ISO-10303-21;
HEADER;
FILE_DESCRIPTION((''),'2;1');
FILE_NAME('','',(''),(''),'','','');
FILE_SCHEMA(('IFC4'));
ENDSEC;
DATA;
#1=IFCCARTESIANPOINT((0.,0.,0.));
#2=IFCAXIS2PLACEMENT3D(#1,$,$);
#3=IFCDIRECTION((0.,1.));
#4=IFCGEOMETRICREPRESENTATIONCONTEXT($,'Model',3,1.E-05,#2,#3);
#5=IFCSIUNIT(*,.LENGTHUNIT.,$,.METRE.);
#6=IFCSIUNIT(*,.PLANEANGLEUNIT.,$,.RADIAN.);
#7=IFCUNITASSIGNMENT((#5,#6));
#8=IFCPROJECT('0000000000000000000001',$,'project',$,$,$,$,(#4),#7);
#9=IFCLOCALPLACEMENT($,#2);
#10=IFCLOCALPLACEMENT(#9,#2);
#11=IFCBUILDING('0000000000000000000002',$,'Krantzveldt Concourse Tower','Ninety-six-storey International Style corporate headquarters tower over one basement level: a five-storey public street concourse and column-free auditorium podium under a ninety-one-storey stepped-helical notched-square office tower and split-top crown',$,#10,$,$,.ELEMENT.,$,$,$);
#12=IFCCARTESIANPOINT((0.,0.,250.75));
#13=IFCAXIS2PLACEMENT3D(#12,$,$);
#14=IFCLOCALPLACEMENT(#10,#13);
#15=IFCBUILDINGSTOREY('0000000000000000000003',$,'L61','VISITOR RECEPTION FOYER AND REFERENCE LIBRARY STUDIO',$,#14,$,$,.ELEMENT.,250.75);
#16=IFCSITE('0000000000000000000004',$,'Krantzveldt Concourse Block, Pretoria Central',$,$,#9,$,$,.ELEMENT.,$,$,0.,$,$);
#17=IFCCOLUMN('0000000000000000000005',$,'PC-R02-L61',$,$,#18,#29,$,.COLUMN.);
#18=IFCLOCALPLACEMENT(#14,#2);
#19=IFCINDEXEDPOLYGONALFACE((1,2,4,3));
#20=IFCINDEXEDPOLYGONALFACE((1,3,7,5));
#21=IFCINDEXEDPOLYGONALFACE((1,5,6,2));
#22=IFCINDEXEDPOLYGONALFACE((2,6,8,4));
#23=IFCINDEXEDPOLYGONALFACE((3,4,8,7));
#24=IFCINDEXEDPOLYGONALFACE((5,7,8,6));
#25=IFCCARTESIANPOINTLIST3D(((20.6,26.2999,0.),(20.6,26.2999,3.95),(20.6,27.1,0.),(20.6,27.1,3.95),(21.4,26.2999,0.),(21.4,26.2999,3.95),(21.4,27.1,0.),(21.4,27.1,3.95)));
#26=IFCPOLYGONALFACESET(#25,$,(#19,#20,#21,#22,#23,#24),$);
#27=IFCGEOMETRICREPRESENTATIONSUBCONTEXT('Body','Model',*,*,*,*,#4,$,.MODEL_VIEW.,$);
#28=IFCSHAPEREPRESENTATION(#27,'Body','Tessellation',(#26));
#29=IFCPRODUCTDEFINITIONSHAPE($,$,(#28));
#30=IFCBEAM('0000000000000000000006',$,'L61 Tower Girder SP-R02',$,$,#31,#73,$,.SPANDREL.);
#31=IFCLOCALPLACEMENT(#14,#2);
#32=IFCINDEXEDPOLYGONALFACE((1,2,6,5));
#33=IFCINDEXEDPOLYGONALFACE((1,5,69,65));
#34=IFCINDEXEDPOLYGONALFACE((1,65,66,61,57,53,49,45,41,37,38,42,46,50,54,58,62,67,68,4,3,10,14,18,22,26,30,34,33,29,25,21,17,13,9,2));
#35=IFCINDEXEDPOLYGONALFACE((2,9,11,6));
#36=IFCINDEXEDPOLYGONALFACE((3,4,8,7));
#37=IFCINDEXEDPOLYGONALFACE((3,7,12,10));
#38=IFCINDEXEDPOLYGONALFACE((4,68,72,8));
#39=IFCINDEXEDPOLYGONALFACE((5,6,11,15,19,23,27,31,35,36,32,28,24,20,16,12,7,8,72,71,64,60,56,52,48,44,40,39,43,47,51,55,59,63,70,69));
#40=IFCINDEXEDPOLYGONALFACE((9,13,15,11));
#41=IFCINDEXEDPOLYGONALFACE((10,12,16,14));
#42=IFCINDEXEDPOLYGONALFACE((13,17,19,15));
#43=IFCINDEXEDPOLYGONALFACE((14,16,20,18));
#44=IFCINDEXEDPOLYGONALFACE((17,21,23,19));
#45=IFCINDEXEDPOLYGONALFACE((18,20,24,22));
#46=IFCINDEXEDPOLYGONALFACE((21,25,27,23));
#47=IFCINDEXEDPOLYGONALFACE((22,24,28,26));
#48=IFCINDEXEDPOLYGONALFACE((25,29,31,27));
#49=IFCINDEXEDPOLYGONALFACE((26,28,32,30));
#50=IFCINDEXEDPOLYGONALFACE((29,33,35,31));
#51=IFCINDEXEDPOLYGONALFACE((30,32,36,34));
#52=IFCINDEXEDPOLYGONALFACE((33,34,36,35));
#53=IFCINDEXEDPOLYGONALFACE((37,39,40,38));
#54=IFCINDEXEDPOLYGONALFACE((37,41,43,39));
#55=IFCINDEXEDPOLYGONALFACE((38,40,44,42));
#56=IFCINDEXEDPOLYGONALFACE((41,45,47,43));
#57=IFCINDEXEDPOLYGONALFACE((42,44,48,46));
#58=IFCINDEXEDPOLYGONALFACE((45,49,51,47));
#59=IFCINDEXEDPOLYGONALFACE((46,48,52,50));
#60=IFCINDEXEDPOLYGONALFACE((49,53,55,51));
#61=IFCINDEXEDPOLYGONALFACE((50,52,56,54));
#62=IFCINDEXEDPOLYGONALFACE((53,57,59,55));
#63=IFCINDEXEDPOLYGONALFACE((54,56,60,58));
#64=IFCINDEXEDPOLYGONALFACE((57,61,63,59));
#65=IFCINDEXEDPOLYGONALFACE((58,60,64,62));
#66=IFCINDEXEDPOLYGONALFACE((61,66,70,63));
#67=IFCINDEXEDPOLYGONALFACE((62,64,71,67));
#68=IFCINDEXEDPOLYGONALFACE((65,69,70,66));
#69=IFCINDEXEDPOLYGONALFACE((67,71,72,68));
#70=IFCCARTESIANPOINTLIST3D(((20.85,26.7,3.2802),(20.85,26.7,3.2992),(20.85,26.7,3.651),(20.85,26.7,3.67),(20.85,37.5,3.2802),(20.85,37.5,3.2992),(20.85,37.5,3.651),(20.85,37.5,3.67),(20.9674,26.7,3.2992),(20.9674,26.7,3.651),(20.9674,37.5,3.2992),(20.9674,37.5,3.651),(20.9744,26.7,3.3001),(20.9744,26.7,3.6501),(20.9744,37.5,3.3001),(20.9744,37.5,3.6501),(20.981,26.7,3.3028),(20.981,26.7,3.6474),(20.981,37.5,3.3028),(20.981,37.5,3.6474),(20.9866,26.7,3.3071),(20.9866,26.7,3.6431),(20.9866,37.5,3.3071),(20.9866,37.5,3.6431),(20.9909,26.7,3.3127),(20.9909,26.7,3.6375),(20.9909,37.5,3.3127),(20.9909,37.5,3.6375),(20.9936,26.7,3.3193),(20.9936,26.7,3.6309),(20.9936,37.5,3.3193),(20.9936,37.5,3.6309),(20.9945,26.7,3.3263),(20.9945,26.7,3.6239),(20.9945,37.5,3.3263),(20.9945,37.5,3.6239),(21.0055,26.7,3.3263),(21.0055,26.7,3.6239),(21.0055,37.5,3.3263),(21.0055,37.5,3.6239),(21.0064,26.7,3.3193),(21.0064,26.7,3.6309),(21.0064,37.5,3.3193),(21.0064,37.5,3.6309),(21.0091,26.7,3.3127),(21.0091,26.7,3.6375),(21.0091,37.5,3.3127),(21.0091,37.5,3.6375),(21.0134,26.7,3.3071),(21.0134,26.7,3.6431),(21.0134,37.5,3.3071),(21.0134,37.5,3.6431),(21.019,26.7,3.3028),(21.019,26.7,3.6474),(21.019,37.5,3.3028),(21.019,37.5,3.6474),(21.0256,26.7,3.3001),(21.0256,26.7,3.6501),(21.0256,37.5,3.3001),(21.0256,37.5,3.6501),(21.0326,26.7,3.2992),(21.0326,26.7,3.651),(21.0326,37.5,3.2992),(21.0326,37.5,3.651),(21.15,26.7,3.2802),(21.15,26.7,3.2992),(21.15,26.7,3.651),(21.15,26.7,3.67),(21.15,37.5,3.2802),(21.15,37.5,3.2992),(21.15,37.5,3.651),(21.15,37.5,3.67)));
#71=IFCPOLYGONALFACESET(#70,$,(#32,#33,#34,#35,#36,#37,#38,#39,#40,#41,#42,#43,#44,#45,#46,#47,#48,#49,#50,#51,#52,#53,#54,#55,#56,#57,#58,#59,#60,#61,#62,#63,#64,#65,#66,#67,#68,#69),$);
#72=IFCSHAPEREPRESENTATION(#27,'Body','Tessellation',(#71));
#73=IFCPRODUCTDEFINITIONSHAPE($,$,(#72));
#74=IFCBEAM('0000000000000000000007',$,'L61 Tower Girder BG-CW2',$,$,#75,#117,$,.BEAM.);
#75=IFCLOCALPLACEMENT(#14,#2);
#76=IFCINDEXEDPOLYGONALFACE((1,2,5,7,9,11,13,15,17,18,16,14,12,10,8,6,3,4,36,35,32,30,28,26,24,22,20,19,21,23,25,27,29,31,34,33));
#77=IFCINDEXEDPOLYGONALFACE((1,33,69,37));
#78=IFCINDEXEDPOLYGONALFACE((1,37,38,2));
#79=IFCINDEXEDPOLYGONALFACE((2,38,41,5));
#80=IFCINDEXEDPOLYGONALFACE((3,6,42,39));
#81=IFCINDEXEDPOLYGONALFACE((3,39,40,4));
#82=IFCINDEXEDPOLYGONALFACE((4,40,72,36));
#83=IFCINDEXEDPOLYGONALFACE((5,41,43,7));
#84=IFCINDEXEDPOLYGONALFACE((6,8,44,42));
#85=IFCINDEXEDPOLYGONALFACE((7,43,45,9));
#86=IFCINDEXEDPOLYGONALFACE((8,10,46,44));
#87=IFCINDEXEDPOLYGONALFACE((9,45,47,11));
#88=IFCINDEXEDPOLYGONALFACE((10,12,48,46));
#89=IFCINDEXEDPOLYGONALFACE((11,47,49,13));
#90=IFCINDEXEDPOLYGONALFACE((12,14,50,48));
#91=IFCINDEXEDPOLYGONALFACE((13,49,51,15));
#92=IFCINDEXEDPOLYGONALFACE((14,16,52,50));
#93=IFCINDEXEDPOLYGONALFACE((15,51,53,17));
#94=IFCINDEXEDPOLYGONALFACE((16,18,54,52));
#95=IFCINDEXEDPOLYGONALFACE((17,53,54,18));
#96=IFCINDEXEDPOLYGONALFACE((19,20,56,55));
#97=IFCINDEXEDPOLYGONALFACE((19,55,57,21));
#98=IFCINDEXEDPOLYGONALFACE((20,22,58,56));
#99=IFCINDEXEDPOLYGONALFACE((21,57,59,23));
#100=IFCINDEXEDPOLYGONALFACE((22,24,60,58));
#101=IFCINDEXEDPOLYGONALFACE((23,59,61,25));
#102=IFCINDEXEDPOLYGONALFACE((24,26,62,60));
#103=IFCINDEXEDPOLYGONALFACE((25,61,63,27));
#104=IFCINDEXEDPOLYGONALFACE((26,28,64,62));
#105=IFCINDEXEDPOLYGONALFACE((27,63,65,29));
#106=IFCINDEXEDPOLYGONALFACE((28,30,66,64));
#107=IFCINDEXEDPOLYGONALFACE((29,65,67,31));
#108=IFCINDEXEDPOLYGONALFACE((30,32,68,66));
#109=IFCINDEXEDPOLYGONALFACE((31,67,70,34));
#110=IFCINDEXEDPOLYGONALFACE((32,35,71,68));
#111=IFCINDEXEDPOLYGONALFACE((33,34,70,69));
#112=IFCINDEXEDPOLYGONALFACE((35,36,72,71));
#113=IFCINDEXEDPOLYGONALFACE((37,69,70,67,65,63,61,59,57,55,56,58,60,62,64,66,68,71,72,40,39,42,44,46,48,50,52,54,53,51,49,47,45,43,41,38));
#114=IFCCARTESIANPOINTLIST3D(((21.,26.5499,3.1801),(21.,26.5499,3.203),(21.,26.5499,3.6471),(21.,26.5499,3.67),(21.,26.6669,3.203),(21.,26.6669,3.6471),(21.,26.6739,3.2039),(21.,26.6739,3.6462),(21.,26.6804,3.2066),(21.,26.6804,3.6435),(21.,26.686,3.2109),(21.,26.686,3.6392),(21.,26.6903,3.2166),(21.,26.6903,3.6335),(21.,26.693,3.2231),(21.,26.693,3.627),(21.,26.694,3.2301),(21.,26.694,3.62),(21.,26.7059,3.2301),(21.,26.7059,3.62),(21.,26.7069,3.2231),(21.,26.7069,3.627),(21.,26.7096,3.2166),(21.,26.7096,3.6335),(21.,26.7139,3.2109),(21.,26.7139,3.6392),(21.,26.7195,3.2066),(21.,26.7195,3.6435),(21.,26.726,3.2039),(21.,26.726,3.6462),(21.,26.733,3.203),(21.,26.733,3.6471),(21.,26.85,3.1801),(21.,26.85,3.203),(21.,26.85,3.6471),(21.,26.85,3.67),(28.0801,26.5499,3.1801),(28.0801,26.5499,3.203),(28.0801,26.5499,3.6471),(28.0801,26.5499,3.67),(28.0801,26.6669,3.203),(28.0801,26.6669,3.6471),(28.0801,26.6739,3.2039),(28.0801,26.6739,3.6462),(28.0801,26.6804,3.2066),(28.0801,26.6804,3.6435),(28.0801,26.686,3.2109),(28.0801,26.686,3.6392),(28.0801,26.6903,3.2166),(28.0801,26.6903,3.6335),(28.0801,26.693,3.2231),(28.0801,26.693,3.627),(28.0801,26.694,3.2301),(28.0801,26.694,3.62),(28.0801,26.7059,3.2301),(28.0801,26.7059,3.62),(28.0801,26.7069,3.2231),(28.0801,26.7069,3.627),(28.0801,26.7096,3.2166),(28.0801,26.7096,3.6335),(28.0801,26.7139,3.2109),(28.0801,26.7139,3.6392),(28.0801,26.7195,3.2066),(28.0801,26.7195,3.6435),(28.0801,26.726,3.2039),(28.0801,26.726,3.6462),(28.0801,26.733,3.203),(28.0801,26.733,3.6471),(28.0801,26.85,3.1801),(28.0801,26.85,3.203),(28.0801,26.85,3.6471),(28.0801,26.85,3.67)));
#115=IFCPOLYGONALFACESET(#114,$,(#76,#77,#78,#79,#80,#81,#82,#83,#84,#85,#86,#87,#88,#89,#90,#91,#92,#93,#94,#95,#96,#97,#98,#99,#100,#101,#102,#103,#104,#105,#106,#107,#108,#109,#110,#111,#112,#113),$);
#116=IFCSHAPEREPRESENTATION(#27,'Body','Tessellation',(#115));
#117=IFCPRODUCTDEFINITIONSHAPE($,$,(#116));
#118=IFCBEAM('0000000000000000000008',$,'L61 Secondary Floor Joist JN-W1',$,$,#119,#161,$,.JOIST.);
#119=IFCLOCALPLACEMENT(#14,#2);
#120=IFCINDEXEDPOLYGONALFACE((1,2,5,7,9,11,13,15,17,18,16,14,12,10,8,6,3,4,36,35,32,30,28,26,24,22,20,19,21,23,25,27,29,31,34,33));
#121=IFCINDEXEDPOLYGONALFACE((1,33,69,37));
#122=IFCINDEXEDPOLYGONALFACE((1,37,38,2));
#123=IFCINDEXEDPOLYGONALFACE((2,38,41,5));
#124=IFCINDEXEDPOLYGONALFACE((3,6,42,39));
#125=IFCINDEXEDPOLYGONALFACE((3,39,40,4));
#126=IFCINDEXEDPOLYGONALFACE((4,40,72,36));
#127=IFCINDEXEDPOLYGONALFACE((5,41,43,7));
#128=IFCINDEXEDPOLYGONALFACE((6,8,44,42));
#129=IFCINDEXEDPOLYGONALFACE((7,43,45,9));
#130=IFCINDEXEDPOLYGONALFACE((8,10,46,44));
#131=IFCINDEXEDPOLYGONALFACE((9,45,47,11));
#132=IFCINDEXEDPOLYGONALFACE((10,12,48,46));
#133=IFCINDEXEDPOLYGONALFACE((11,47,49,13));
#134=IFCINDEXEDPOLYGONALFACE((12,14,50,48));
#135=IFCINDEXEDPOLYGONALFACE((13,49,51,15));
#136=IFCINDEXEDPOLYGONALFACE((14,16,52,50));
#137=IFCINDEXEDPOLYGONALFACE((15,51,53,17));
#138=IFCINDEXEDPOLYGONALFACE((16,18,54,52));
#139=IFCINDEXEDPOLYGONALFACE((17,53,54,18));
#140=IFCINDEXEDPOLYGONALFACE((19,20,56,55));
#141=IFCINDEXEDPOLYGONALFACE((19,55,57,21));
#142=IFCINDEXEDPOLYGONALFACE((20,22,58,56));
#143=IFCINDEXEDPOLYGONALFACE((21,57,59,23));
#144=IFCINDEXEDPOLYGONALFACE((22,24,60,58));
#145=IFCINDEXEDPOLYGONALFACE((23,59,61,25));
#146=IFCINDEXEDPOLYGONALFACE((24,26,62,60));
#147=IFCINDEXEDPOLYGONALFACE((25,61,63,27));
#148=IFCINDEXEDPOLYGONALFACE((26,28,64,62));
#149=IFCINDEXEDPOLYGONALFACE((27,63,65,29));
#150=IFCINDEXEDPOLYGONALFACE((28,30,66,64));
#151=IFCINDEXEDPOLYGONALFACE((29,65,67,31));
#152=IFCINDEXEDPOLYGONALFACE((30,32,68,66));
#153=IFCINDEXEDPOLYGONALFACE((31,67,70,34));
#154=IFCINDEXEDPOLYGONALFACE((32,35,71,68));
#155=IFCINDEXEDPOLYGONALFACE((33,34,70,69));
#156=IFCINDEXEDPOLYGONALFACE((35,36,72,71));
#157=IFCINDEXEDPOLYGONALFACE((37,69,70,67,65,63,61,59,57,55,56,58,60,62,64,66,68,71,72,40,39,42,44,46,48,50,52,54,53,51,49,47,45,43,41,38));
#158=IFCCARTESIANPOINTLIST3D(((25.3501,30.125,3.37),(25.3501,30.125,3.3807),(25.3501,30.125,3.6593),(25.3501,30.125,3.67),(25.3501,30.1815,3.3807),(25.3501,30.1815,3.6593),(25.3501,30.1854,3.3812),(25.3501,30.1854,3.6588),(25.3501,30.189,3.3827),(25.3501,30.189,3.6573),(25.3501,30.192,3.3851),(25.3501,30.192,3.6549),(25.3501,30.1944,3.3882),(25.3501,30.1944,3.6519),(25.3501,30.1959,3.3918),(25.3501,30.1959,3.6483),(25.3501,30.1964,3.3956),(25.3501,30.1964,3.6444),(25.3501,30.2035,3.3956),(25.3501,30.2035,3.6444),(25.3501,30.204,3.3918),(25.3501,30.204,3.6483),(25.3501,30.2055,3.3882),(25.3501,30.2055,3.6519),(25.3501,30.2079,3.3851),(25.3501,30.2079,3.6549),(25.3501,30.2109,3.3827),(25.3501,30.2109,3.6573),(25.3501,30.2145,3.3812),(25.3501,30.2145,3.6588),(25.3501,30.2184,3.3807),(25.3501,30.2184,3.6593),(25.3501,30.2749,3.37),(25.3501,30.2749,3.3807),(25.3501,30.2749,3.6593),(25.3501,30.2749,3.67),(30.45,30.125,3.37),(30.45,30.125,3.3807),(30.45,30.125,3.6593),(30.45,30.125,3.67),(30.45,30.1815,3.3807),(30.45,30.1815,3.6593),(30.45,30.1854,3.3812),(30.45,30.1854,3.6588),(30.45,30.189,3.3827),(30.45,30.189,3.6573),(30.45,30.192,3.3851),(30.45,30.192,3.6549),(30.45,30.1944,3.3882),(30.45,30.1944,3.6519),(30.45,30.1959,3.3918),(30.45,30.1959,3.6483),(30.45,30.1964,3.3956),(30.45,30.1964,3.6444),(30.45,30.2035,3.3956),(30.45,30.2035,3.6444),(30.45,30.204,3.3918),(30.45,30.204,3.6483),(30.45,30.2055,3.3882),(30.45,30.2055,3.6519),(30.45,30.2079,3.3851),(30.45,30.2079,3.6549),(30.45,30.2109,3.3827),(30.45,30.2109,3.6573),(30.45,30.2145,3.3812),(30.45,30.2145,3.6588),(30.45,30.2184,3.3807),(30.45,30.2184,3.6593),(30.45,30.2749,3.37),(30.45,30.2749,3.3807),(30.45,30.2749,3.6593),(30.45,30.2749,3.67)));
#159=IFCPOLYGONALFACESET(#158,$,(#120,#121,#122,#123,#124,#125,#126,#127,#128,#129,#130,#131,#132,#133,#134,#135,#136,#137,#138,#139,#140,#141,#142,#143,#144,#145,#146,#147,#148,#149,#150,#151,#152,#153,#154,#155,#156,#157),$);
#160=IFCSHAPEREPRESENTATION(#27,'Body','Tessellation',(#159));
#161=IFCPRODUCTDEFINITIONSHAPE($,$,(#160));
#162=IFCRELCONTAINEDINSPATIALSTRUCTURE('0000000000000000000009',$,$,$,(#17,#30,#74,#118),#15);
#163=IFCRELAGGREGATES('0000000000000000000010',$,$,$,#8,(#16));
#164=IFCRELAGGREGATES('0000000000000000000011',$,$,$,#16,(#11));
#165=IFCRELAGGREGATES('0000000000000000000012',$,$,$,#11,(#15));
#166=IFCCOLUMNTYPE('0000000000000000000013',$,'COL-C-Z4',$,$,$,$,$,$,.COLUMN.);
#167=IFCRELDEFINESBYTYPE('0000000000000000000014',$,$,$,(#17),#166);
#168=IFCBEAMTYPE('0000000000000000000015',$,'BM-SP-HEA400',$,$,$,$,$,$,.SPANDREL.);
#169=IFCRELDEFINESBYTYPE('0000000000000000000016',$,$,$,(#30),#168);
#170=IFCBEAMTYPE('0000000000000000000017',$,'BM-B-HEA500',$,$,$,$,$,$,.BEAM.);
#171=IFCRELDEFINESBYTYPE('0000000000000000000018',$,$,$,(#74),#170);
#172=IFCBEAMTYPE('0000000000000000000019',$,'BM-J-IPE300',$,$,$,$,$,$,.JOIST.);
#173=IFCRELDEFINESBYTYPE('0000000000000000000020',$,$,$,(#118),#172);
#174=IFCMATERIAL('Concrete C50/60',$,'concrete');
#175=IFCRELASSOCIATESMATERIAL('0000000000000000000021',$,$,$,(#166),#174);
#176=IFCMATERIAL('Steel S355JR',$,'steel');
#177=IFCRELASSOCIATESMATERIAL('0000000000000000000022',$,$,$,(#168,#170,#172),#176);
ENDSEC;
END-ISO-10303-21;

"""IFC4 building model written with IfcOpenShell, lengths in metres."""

from ifc_helpers import new_model, si_unit, direction, frame, origin, origin_2d, place, context, subcontext, project, spatial, rectangle, i_section, extrude, source, transform, mapped, material, material_profile, profile_set, type_object, type_shapes, element, save


model = new_model("IFC4")

# Units and contexts
model_context = context("Model", 3, precision=1e-05, world=origin(), true_north=direction((0.0, 1.0)))
body_context = subcontext(model_context, "Body", "Model", "MODEL_VIEW")
ifc_project = project(units=[si_unit("LENGTHUNIT", "METRE"), si_unit("PLANEANGLEUNIT", "RADIAN")], contexts=[model_context])

# Site, building, storey
site_placement = place(None, origin())
site = spatial("IfcSite", under=ifc_project, at=site_placement, Name="Krantzveldt Concourse Block, Pretoria Central", CompositionType="ELEMENT", RefElevation=0.0)
building_placement = place(site_placement, origin())
building = spatial("IfcBuilding", under=site, at=building_placement, Name="Krantzveldt Concourse Tower", Description="Ninety-six-storey International Style corporate headquarters tower over one basement level: a five-storey public street concourse and column-free auditorium podium under a ninety-one-storey stepped-helical notched-square office tower and split-top crown", CompositionType="ELEMENT")
storey_placement = place(building_placement, frame((0.0, 0.0, 250.75)))
storey = spatial("IfcBuildingStorey", under=building, at=storey_placement, Name="L61", Description="VISITOR RECEPTION FOYER AND REFERENCE LIBRARY STUDIO", CompositionType="ELEMENT", Elevation=250.75)

# Column
ifc_material_1 = material(Name="Concrete C50/60", Category="concrete")
ifc_material_profile_1 = material_profile(ifc_material_1, rectangle(XDim=0.8, YDim=0.8, at=origin_2d()), Name="Concrete C50/60", Category="concrete")
ifc_profile_set_1 = profile_set([ifc_material_profile_1], Name="Concrete C50/60 - RC 800x800")
column_type = type_object("IfcColumnType", Name="COL-C-Z4", PredefinedType="COLUMN", material=ifc_profile_set_1)
shared_shape_1 = source(origin(), body_context, "Body", "SweptSolid", [
    extrude(rectangle(XDim=0.8, YDim=0.8, at=origin_2d()), origin(), (0.0, 0.0, 1.0), 3.95),
])
type_shapes(column_type, [shared_shape_1])
column_placement = place(storey_placement, frame((21.0, 26.7, 0.0), z_axis=(0.0, 0.0, 1.0), x_axis=(1.0, 0.0, 0.0)))
element("IfcColumn", 1, at=column_placement, inside=storey, type_object=column_type, Name="PC-R02-L61", PredefinedType="COLUMN", context=body_context, shape_type="MappedRepresentation", body=[
    mapped(shared_shape_1, transform((0.0, 0.0, 0.0), x_axis=(1.0, 0.0, 0.0), y_axis=(0.0, 1.0, 0.0), z_axis=(0.0, 0.0, 1.0), scale=1.0)),
])

# Beams
ifc_material_2 = material(Name="Steel S355JR", Category="steel")
ifc_material_profile_2 = material_profile(ifc_material_2, i_section(OverallWidth=0.3, OverallDepth=0.3899, WebThickness=0.011, FlangeThickness=0.019, FilletRadius=0.0271, at=origin_2d()), Name="Steel S355JR", Category="steel")
ifc_profile_set_2 = profile_set([ifc_material_profile_2], Name="Steel S355JR - HEA 400")
beam_type_1 = type_object("IfcBeamType", Name="BM-SP-HEA400", PredefinedType="SPANDREL", material=ifc_profile_set_2)
shared_shape_2 = source(origin(), body_context, "Body", "SweptSolid", [
    extrude(i_section(OverallWidth=0.3, OverallDepth=0.3899, WebThickness=0.011, FlangeThickness=0.019, FilletRadius=0.0271, at=origin_2d()), origin(), (0.0, 0.0, 1.0), 10.8),
])
type_shapes(beam_type_1, [shared_shape_2])
beam_1_placement = place(storey_placement, frame((21.0, 26.7, 3.4751), z_axis=(0.0, 1.0, 0.0), x_axis=(-1.0, 0.0, 0.0)))
element("IfcBeam", 2, at=beam_1_placement, inside=storey, type_object=beam_type_1, Name="L61 Tower Girder SP-R02", PredefinedType="SPANDREL", context=body_context, shape_type="MappedRepresentation", body=[
    mapped(shared_shape_2, transform((0.0, 0.0, 0.0), x_axis=(1.0, 0.0, 0.0), y_axis=(0.0, 1.0, 0.0), z_axis=(0.0, 0.0, 1.0), scale=1.0)),
])
ifc_material_profile_3 = material_profile(ifc_material_2, i_section(OverallWidth=0.3, OverallDepth=0.49, WebThickness=0.012, FlangeThickness=0.0229, FilletRadius=0.0271, at=origin_2d()), Name="Steel S355JR", Category="steel")
ifc_profile_set_3 = profile_set([ifc_material_profile_3], Name="Steel S355JR - HEA 500")
beam_type_2 = type_object("IfcBeamType", Name="BM-B-HEA500", PredefinedType="BEAM", material=ifc_profile_set_3)
shared_shape_3 = source(origin(), body_context, "Body", "SweptSolid", [
    extrude(i_section(OverallWidth=0.3, OverallDepth=0.49, WebThickness=0.012, FlangeThickness=0.0229, FilletRadius=0.0271, at=origin_2d()), origin(), (0.0, 0.0, 1.0), 7.0801),
])
type_shapes(beam_type_2, [shared_shape_3])
beam_2_placement = place(storey_placement, frame((21.0, 26.7, 3.425), z_axis=(1.0, 0.0, 0.0), x_axis=(0.0, 1.0, 0.0)))
element("IfcBeam", 3, at=beam_2_placement, inside=storey, type_object=beam_type_2, Name="L61 Tower Girder BG-CW2", PredefinedType="BEAM", context=body_context, shape_type="MappedRepresentation", body=[
    mapped(shared_shape_3, transform((0.0, 0.0, 0.0), x_axis=(1.0, 0.0, 0.0), y_axis=(0.0, 1.0, 0.0), z_axis=(0.0, 0.0, 1.0), scale=1.0)),
])
ifc_material_profile_4 = material_profile(ifc_material_2, i_section(OverallWidth=0.1499, OverallDepth=0.3, WebThickness=0.0071, FlangeThickness=0.0107, FilletRadius=0.0149, at=origin_2d()), Name="Steel S355JR", Category="steel")
ifc_profile_set_4 = profile_set([ifc_material_profile_4], Name="Steel S355JR - IPE 300")
beam_type_3 = type_object("IfcBeamType", Name="BM-J-IPE300", PredefinedType="JOIST", material=ifc_profile_set_4)
shared_shape_4 = source(origin(), body_context, "Body", "SweptSolid", [
    extrude(i_section(OverallWidth=0.1499, OverallDepth=0.3, WebThickness=0.0071, FlangeThickness=0.0107, FilletRadius=0.0149, at=origin_2d()), origin(), (0.0, 0.0, 1.0), 5.0999),
])
type_shapes(beam_type_3, [shared_shape_4])
beam_3_placement = place(storey_placement, frame((25.3501, 30.2, 3.52), z_axis=(1.0, 0.0, 0.0), x_axis=(0.0, 1.0, 0.0)))
element("IfcBeam", 4, at=beam_3_placement, inside=storey, type_object=beam_type_3, Name="L61 Secondary Floor Joist JN-W1", PredefinedType="JOIST", context=body_context, shape_type="MappedRepresentation", body=[
    mapped(shared_shape_4, transform((0.0, 0.0, 0.0), x_axis=(1.0, 0.0, 0.0), y_axis=(0.0, 1.0, 0.0), z_axis=(0.0, 0.0, 1.0), scale=1.0)),
])

save(model, "model.ifc")
